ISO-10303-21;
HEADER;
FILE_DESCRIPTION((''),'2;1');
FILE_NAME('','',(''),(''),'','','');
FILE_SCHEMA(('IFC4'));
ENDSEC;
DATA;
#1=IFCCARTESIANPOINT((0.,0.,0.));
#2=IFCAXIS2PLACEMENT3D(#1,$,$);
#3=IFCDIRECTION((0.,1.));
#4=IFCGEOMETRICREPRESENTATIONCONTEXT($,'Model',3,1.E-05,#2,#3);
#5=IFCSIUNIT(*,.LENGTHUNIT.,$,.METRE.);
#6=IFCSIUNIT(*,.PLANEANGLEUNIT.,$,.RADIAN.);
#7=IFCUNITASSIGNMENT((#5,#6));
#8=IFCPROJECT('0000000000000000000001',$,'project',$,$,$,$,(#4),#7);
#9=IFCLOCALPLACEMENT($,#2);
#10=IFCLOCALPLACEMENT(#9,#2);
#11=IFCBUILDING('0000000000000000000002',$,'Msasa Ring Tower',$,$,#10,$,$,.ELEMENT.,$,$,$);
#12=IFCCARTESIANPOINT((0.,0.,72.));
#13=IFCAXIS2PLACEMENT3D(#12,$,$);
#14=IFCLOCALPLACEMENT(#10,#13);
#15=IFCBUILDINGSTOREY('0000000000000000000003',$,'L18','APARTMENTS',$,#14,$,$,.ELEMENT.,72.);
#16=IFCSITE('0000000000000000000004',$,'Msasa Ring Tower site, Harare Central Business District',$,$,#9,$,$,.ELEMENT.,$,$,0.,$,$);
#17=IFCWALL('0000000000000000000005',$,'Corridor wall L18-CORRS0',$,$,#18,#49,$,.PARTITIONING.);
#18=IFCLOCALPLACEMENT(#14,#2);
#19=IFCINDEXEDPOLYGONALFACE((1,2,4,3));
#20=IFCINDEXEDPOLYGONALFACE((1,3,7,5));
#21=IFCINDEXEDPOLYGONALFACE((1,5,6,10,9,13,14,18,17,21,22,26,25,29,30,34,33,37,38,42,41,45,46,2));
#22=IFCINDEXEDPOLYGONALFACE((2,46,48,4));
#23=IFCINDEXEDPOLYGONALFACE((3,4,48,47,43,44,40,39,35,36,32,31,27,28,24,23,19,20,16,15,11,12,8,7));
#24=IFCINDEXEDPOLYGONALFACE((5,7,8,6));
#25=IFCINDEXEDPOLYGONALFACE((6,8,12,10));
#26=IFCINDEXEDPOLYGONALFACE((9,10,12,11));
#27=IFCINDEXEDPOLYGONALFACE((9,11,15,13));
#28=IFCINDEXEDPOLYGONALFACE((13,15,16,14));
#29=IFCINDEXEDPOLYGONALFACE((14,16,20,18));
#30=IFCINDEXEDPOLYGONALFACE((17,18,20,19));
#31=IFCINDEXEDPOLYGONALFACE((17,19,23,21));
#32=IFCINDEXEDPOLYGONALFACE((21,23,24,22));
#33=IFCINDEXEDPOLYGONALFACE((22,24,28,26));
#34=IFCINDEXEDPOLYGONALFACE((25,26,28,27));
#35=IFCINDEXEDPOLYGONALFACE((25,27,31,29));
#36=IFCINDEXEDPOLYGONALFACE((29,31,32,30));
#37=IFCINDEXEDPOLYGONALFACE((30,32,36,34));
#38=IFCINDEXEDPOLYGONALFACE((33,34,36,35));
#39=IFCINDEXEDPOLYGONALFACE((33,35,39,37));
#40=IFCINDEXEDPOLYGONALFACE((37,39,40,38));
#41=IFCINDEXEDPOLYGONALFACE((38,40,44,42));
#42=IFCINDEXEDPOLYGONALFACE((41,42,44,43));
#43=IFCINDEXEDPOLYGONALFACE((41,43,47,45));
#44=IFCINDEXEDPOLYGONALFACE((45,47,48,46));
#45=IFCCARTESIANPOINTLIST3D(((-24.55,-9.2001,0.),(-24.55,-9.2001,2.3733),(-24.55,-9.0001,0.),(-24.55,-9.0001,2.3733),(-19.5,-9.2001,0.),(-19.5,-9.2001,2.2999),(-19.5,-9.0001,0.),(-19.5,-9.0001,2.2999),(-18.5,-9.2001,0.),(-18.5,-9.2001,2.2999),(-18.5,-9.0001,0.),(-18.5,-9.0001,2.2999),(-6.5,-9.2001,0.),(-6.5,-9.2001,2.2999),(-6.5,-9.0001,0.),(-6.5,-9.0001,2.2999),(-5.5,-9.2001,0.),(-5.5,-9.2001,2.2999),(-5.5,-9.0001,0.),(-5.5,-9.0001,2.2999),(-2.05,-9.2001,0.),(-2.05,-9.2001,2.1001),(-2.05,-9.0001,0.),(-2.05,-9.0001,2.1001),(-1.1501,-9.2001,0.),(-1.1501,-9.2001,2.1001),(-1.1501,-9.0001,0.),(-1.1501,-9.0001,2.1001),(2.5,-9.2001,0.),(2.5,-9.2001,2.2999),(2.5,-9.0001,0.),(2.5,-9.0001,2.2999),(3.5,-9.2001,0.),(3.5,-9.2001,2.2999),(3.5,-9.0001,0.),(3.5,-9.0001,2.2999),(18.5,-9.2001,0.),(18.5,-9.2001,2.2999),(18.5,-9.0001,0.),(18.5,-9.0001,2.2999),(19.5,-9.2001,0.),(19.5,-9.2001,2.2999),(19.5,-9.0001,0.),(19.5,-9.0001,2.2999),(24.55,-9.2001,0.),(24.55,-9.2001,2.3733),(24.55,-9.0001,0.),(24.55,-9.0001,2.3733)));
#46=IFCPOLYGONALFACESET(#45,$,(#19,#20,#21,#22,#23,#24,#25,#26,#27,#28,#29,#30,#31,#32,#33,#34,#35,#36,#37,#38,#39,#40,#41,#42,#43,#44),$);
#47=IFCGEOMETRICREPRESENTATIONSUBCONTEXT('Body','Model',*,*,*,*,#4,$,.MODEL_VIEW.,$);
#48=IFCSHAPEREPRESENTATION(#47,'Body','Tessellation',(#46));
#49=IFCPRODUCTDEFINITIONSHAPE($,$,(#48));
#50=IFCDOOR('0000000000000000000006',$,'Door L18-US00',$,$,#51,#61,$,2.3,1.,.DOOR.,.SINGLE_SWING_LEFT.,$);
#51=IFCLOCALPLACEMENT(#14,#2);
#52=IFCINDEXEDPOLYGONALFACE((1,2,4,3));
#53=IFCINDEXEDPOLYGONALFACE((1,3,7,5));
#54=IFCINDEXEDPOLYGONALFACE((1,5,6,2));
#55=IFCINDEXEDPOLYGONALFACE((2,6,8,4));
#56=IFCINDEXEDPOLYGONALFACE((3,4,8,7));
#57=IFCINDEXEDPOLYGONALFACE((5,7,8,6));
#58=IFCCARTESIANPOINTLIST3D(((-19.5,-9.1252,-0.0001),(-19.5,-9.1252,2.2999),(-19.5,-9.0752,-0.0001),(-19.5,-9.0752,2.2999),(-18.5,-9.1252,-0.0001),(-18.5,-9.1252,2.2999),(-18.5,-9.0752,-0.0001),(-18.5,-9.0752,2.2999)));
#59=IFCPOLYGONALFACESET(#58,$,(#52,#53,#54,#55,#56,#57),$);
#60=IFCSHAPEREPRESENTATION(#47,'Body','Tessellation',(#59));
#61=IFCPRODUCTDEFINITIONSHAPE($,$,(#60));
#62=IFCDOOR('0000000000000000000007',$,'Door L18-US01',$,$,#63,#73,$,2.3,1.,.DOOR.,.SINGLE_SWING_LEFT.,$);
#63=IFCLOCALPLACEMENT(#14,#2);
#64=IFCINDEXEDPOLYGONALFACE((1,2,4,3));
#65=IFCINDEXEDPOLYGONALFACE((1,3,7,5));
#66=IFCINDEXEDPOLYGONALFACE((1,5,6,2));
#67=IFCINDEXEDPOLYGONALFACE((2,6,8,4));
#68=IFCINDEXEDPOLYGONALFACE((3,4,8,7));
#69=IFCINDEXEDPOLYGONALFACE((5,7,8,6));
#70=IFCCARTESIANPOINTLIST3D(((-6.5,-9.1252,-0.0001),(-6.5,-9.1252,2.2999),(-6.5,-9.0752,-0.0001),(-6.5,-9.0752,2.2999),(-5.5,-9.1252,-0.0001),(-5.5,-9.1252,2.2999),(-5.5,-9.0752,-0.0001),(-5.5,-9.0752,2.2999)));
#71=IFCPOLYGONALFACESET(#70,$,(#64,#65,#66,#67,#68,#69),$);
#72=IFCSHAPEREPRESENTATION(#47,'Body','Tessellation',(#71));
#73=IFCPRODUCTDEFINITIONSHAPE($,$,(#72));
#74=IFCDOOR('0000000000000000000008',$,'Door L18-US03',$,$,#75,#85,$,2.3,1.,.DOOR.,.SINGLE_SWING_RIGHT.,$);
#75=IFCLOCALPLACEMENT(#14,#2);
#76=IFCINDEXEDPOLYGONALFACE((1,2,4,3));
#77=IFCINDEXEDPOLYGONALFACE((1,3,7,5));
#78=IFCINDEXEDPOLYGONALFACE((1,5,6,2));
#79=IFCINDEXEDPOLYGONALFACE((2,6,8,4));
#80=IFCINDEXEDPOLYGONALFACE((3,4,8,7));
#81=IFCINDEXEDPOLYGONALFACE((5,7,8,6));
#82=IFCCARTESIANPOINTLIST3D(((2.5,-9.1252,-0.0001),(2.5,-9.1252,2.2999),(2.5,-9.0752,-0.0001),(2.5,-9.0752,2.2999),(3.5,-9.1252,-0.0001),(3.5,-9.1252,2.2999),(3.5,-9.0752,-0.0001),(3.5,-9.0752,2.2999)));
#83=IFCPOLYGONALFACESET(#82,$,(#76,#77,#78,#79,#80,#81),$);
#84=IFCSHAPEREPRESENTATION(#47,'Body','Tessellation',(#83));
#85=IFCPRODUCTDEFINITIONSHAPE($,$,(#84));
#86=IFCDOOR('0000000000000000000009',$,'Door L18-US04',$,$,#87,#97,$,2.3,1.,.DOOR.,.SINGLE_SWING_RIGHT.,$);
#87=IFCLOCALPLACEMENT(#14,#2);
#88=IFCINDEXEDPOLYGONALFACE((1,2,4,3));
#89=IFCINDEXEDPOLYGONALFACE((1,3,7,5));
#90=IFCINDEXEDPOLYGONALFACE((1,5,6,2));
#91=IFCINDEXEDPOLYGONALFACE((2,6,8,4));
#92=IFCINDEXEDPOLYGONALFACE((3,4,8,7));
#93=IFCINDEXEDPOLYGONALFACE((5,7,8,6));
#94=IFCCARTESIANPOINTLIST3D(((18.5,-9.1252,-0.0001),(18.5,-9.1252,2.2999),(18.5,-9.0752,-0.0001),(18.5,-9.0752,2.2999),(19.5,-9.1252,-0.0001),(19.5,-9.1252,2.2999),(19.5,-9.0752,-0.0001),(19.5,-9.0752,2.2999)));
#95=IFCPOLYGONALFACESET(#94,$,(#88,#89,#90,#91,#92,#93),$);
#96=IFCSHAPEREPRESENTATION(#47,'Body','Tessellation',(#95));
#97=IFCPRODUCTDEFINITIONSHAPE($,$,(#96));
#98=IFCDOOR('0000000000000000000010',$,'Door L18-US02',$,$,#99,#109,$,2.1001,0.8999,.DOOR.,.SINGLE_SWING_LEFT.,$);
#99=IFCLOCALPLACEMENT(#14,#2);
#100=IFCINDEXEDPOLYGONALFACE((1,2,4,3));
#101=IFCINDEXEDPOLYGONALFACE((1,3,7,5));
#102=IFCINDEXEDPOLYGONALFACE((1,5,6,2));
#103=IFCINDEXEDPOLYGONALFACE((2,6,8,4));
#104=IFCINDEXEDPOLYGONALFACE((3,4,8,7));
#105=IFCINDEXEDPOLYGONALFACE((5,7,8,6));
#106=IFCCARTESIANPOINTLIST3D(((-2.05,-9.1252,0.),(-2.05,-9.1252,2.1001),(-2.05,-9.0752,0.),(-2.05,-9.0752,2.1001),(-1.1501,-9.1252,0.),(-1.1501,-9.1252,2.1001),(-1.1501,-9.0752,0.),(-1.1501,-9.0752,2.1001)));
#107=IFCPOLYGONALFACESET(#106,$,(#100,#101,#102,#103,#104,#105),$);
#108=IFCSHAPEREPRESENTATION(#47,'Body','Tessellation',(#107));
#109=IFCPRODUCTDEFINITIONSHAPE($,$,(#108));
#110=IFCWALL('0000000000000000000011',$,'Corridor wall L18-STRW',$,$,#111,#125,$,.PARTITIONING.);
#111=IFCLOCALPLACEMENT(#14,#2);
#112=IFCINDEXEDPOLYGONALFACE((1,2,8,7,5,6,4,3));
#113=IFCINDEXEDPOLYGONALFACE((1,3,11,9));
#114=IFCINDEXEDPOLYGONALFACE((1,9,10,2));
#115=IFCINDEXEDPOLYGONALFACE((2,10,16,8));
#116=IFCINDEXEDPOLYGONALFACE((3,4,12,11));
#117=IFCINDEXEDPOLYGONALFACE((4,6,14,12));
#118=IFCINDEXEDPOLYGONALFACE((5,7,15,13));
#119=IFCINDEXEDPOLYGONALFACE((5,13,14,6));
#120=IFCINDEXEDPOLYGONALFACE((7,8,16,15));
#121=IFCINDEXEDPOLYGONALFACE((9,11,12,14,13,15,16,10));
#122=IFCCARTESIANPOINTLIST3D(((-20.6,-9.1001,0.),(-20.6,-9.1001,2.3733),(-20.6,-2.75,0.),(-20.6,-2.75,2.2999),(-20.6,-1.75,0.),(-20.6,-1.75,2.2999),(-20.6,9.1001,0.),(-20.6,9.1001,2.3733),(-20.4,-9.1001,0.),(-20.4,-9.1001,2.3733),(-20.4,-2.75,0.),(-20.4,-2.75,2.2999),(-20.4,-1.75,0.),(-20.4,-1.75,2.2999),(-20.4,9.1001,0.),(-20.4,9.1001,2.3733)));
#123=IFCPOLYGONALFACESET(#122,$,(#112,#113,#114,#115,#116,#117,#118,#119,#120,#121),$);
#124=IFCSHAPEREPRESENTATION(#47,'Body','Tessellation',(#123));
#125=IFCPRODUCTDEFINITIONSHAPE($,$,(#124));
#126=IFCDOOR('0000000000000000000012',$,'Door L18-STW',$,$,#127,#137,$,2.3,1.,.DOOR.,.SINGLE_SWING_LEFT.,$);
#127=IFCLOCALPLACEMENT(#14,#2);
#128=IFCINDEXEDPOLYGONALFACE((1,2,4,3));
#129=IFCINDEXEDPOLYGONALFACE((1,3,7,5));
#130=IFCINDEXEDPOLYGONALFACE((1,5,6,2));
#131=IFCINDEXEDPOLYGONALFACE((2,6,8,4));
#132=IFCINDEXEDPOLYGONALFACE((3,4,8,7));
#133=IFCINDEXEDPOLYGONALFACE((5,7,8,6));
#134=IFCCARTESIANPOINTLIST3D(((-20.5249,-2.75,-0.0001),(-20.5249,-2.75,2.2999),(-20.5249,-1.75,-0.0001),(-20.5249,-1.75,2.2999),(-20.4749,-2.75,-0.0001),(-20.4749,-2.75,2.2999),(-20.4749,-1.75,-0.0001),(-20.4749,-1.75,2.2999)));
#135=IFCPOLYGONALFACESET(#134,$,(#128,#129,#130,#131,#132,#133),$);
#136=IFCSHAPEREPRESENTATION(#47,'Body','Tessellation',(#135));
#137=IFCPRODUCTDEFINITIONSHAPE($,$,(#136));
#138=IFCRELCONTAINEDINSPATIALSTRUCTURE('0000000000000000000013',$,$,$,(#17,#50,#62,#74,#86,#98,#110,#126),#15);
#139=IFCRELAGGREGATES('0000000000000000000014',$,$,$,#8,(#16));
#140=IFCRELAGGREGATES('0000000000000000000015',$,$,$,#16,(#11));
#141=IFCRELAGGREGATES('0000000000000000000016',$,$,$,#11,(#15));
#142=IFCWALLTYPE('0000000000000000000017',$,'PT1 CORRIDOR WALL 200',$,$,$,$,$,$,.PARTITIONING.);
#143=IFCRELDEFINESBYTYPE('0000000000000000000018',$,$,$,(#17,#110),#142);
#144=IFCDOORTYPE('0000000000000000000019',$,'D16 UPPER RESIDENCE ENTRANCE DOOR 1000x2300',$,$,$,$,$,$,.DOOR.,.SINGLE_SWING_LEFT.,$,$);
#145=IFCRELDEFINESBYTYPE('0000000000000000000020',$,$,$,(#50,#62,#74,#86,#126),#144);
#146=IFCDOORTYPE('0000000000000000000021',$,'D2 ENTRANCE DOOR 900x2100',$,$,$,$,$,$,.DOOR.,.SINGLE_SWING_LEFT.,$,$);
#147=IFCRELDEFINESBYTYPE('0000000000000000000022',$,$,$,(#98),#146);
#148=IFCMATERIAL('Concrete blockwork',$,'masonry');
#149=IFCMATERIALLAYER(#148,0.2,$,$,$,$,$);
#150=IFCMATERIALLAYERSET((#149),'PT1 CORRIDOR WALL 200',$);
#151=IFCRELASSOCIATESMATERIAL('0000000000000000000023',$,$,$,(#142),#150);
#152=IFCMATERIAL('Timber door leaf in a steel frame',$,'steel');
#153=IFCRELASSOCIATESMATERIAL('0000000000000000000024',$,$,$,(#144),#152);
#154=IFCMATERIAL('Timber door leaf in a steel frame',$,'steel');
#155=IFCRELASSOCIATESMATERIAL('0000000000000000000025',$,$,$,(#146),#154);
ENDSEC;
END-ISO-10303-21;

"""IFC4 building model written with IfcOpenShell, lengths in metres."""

from ifc_helpers import new_model, si_unit, direction, frame, frame_2d, origin, place, context, subcontext, project, spatial, rectangle, extrude, material, layer, layer_set, type_object, element, fill, save


model = new_model("IFC4")

# Units and contexts
model_context = context("Model", 3, precision=1e-05, world=origin(), true_north=direction((0.0, 1.0)))
body_context = subcontext(model_context, "Body", "Model", "MODEL_VIEW")
ifc_project = project(units=[si_unit("LENGTHUNIT", "METRE"), si_unit("PLANEANGLEUNIT", "RADIAN")], contexts=[model_context])

# Site, building, storey
site_placement = place(None, origin())
site = spatial("IfcSite", under=ifc_project, at=site_placement, Name="Msasa Ring Tower site, Harare Central Business District", CompositionType="ELEMENT", RefElevation=0.0)
building_placement = place(site_placement, origin())
building = spatial("IfcBuilding", under=site, at=building_placement, Name="Msasa Ring Tower", CompositionType="ELEMENT")
storey_placement = place(building_placement, frame((0.0, 0.0, 72.0)))
storey = spatial("IfcBuildingStorey", under=building, at=storey_placement, Name="L18", Description="APARTMENTS", CompositionType="ELEMENT", Elevation=72.0)

# Wall, openings, doors
ifc_material_1 = material(Name="Concrete blockwork", Category="masonry")
ifc_layer_1 = layer(ifc_material_1, 0.2)
ifc_layer_set_1 = layer_set([ifc_layer_1], Name="PT1 CORRIDOR WALL 200")
wall_type_1 = type_object("IfcWallType", Name="PT1 CORRIDOR WALL 200", PredefinedType="PARTITIONING", material=ifc_layer_set_1)
wall_1_placement = place(storey_placement, frame((-24.55, -9.1001, 0.0), z_axis=(0.0, 0.0, 1.0), x_axis=(1.0, 0.0, 0.0)))
wall_1 = element("IfcWall", 1, at=wall_1_placement, inside=storey, type_object=wall_type_1, Name="Corridor wall L18-CORRS0", PredefinedType="PARTITIONING", context=body_context, shape_type="SweptSolid", body=[
    extrude(rectangle(XDim=49.1001, YDim=0.2, at=frame_2d((24.55, 0.0))), origin(), (0.0, 0.0, 1.0), 2.3733),
])
opening_1_placement = place(wall_1_placement, frame((5.05, 0.0, 0.0)))
opening_1 = element("IfcOpeningElement", 2, at=opening_1_placement, cuts=wall_1, PredefinedType="OPENING", context=body_context, shape_type="SweptSolid", body=[
    extrude(rectangle(XDim=1.0, YDim=2.3, at=frame_2d((0.5, 1.1499))), frame((0.0, 0.1099, 0.0), z_axis=(0.0, -1.0, 0.0), x_axis=(1.0, 0.0, 0.0)), (0.0, 0.0, 1.0), 0.22),
])
opening_2_placement = place(wall_1_placement, frame((18.05, 0.0, 0.0)))
opening_2 = element("IfcOpeningElement", 3, at=opening_2_placement, cuts=wall_1, PredefinedType="OPENING", context=body_context, shape_type="SweptSolid", body=[
    extrude(rectangle(XDim=1.0, YDim=2.3, at=frame_2d((0.5, 1.1499))), frame((0.0, 0.1099, 0.0), z_axis=(0.0, -1.0, 0.0), x_axis=(1.0, 0.0, 0.0)), (0.0, 0.0, 1.0), 0.22),
])
opening_3_placement = place(wall_1_placement, frame((22.5, 0.0, 0.0)))
opening_3 = element("IfcOpeningElement", 4, at=opening_3_placement, cuts=wall_1, PredefinedType="OPENING", context=body_context, shape_type="SweptSolid", body=[
    extrude(rectangle(XDim=0.8999, YDim=2.1001, at=frame_2d((0.45, 1.05))), frame((0.0, 0.1099, 0.0), z_axis=(0.0, -1.0, 0.0), x_axis=(1.0, 0.0, 0.0)), (0.0, 0.0, 1.0), 0.22),
])
opening_4_placement = place(wall_1_placement, frame((27.05, 0.0, 0.0)))
opening_4 = element("IfcOpeningElement", 5, at=opening_4_placement, cuts=wall_1, PredefinedType="OPENING", context=body_context, shape_type="SweptSolid", body=[
    extrude(rectangle(XDim=1.0, YDim=2.3, at=frame_2d((0.5, 1.1499))), frame((0.0, 0.1099, 0.0), z_axis=(0.0, -1.0, 0.0), x_axis=(1.0, 0.0, 0.0)), (0.0, 0.0, 1.0), 0.22),
])
opening_5_placement = place(wall_1_placement, frame((43.05, 0.0, 0.0)))
opening_5 = element("IfcOpeningElement", 6, at=opening_5_placement, cuts=wall_1, PredefinedType="OPENING", context=body_context, shape_type="SweptSolid", body=[
    extrude(rectangle(XDim=1.0, YDim=2.3, at=frame_2d((0.5, 1.1499))), frame((0.0, 0.1099, 0.0), z_axis=(0.0, -1.0, 0.0), x_axis=(1.0, 0.0, 0.0)), (0.0, 0.0, 1.0), 0.22),
])
ifc_material_2 = material(Name="Timber door leaf in a steel frame", Category="steel")
door_type_1 = type_object("IfcDoorType", Name="D16 UPPER RESIDENCE ENTRANCE DOOR 1000x2300", OperationType="SINGLE_SWING_LEFT", PredefinedType="DOOR", material=ifc_material_2)
door_1_placement = place(opening_1_placement, origin())
door_1 = element("IfcDoor", 7, at=door_1_placement, inside=storey, type_object=door_type_1, Name="Door L18-US00", OperationType="SINGLE_SWING_LEFT", OverallHeight=2.3, OverallWidth=1.0, PredefinedType="DOOR", context=body_context, shape_type="SweptSolid", body=[
    extrude(rectangle(XDim=1.0, YDim=2.3, at=frame_2d((0.5, 1.1499))), frame((0.0, 0.0249, 0.0), z_axis=(0.0, -1.0, 0.0), x_axis=(1.0, 0.0, 0.0)), (0.0, 0.0, 1.0), 0.05),
])
fill(opening_1, door_1)
door_2_placement = place(opening_2_placement, origin())
door_2 = element("IfcDoor", 8, at=door_2_placement, inside=storey, type_object=door_type_1, Name="Door L18-US01", OperationType="SINGLE_SWING_LEFT", OverallHeight=2.3, OverallWidth=1.0, PredefinedType="DOOR", context=body_context, shape_type="SweptSolid", body=[
    extrude(rectangle(XDim=1.0, YDim=2.3, at=frame_2d((0.5, 1.1499))), frame((0.0, 0.0249, 0.0), z_axis=(0.0, -1.0, 0.0), x_axis=(1.0, 0.0, 0.0)), (0.0, 0.0, 1.0), 0.05),
])
fill(opening_2, door_2)
door_3_placement = place(opening_4_placement, origin())
door_3 = element("IfcDoor", 9, at=door_3_placement, inside=storey, type_object=door_type_1, Name="Door L18-US03", OperationType="SINGLE_SWING_RIGHT", OverallHeight=2.3, OverallWidth=1.0, PredefinedType="DOOR", context=body_context, shape_type="SweptSolid", body=[
    extrude(rectangle(XDim=1.0, YDim=2.3, at=frame_2d((0.5, 1.1499))), frame((0.0, 0.0249, 0.0), z_axis=(0.0, -1.0, 0.0), x_axis=(1.0, 0.0, 0.0)), (0.0, 0.0, 1.0), 0.05),
])
fill(opening_4, door_3)
door_4_placement = place(opening_5_placement, origin())
door_4 = element("IfcDoor", 10, at=door_4_placement, inside=storey, type_object=door_type_1, Name="Door L18-US04", OperationType="SINGLE_SWING_RIGHT", OverallHeight=2.3, OverallWidth=1.0, PredefinedType="DOOR", context=body_context, shape_type="SweptSolid", body=[
    extrude(rectangle(XDim=1.0, YDim=2.3, at=frame_2d((0.5, 1.1499))), frame((0.0, 0.0249, 0.0), z_axis=(0.0, -1.0, 0.0), x_axis=(1.0, 0.0, 0.0)), (0.0, 0.0, 1.0), 0.05),
])
fill(opening_5, door_4)
ifc_material_3 = material(Name="Timber door leaf in a steel frame", Category="steel")
door_type_2 = type_object("IfcDoorType", Name="D2 ENTRANCE DOOR 900x2100", OperationType="SINGLE_SWING_LEFT", PredefinedType="DOOR", material=ifc_material_3)
door_5_placement = place(opening_3_placement, origin())
door_5 = element("IfcDoor", 11, at=door_5_placement, inside=storey, type_object=door_type_2, Name="Door L18-US02", OperationType="SINGLE_SWING_LEFT", OverallHeight=2.1001, OverallWidth=0.8999, PredefinedType="DOOR", context=body_context, shape_type="SweptSolid", body=[
    extrude(rectangle(XDim=0.8999, YDim=2.1001, at=frame_2d((0.45, 1.05))), frame((0.0, 0.0249, 0.0), z_axis=(0.0, -1.0, 0.0), x_axis=(1.0, 0.0, 0.0)), (0.0, 0.0, 1.0), 0.05),
])
fill(opening_3, door_5)

# Wall, opening, door
wall_2_placement = place(storey_placement, frame((-20.5, -9.1001, 0.0), z_axis=(0.0, 0.0, 1.0), x_axis=(0.0, 1.0, 0.0)))
wall_2 = element("IfcWall", 12, at=wall_2_placement, inside=storey, type_object=wall_type_1, Name="Corridor wall L18-STRW", PredefinedType="PARTITIONING", context=body_context, shape_type="SweptSolid", body=[
    extrude(rectangle(XDim=18.2002, YDim=0.2, at=frame_2d((9.1001, 0.0))), origin(), (0.0, 0.0, 1.0), 2.3733),
])
opening_6_placement = place(wall_2_placement, frame((6.3501, 0.0, 0.0)))
opening_6 = element("IfcOpeningElement", 13, at=opening_6_placement, cuts=wall_2, PredefinedType="OPENING", context=body_context, shape_type="SweptSolid", body=[
    extrude(rectangle(XDim=1.0, YDim=2.3, at=frame_2d((0.5, 1.1499))), frame((0.0, 0.1099, 0.0), z_axis=(0.0, -1.0, 0.0), x_axis=(1.0, 0.0, 0.0)), (0.0, 0.0, 1.0), 0.22),
])
door_6_placement = place(opening_6_placement, origin())
door_6 = element("IfcDoor", 14, at=door_6_placement, inside=storey, type_object=door_type_1, Name="Door L18-STW", OperationType="SINGLE_SWING_LEFT", OverallHeight=2.3, OverallWidth=1.0, PredefinedType="DOOR", context=body_context, shape_type="SweptSolid", body=[
    extrude(rectangle(XDim=1.0, YDim=2.3, at=frame_2d((0.5, 1.1499))), frame((0.0, 0.0249, 0.0), z_axis=(0.0, -1.0, 0.0), x_axis=(1.0, 0.0, 0.0)), (0.0, 0.0, 1.0), 0.05),
])
fill(opening_6, door_6)

save(model, "model.ifc")
